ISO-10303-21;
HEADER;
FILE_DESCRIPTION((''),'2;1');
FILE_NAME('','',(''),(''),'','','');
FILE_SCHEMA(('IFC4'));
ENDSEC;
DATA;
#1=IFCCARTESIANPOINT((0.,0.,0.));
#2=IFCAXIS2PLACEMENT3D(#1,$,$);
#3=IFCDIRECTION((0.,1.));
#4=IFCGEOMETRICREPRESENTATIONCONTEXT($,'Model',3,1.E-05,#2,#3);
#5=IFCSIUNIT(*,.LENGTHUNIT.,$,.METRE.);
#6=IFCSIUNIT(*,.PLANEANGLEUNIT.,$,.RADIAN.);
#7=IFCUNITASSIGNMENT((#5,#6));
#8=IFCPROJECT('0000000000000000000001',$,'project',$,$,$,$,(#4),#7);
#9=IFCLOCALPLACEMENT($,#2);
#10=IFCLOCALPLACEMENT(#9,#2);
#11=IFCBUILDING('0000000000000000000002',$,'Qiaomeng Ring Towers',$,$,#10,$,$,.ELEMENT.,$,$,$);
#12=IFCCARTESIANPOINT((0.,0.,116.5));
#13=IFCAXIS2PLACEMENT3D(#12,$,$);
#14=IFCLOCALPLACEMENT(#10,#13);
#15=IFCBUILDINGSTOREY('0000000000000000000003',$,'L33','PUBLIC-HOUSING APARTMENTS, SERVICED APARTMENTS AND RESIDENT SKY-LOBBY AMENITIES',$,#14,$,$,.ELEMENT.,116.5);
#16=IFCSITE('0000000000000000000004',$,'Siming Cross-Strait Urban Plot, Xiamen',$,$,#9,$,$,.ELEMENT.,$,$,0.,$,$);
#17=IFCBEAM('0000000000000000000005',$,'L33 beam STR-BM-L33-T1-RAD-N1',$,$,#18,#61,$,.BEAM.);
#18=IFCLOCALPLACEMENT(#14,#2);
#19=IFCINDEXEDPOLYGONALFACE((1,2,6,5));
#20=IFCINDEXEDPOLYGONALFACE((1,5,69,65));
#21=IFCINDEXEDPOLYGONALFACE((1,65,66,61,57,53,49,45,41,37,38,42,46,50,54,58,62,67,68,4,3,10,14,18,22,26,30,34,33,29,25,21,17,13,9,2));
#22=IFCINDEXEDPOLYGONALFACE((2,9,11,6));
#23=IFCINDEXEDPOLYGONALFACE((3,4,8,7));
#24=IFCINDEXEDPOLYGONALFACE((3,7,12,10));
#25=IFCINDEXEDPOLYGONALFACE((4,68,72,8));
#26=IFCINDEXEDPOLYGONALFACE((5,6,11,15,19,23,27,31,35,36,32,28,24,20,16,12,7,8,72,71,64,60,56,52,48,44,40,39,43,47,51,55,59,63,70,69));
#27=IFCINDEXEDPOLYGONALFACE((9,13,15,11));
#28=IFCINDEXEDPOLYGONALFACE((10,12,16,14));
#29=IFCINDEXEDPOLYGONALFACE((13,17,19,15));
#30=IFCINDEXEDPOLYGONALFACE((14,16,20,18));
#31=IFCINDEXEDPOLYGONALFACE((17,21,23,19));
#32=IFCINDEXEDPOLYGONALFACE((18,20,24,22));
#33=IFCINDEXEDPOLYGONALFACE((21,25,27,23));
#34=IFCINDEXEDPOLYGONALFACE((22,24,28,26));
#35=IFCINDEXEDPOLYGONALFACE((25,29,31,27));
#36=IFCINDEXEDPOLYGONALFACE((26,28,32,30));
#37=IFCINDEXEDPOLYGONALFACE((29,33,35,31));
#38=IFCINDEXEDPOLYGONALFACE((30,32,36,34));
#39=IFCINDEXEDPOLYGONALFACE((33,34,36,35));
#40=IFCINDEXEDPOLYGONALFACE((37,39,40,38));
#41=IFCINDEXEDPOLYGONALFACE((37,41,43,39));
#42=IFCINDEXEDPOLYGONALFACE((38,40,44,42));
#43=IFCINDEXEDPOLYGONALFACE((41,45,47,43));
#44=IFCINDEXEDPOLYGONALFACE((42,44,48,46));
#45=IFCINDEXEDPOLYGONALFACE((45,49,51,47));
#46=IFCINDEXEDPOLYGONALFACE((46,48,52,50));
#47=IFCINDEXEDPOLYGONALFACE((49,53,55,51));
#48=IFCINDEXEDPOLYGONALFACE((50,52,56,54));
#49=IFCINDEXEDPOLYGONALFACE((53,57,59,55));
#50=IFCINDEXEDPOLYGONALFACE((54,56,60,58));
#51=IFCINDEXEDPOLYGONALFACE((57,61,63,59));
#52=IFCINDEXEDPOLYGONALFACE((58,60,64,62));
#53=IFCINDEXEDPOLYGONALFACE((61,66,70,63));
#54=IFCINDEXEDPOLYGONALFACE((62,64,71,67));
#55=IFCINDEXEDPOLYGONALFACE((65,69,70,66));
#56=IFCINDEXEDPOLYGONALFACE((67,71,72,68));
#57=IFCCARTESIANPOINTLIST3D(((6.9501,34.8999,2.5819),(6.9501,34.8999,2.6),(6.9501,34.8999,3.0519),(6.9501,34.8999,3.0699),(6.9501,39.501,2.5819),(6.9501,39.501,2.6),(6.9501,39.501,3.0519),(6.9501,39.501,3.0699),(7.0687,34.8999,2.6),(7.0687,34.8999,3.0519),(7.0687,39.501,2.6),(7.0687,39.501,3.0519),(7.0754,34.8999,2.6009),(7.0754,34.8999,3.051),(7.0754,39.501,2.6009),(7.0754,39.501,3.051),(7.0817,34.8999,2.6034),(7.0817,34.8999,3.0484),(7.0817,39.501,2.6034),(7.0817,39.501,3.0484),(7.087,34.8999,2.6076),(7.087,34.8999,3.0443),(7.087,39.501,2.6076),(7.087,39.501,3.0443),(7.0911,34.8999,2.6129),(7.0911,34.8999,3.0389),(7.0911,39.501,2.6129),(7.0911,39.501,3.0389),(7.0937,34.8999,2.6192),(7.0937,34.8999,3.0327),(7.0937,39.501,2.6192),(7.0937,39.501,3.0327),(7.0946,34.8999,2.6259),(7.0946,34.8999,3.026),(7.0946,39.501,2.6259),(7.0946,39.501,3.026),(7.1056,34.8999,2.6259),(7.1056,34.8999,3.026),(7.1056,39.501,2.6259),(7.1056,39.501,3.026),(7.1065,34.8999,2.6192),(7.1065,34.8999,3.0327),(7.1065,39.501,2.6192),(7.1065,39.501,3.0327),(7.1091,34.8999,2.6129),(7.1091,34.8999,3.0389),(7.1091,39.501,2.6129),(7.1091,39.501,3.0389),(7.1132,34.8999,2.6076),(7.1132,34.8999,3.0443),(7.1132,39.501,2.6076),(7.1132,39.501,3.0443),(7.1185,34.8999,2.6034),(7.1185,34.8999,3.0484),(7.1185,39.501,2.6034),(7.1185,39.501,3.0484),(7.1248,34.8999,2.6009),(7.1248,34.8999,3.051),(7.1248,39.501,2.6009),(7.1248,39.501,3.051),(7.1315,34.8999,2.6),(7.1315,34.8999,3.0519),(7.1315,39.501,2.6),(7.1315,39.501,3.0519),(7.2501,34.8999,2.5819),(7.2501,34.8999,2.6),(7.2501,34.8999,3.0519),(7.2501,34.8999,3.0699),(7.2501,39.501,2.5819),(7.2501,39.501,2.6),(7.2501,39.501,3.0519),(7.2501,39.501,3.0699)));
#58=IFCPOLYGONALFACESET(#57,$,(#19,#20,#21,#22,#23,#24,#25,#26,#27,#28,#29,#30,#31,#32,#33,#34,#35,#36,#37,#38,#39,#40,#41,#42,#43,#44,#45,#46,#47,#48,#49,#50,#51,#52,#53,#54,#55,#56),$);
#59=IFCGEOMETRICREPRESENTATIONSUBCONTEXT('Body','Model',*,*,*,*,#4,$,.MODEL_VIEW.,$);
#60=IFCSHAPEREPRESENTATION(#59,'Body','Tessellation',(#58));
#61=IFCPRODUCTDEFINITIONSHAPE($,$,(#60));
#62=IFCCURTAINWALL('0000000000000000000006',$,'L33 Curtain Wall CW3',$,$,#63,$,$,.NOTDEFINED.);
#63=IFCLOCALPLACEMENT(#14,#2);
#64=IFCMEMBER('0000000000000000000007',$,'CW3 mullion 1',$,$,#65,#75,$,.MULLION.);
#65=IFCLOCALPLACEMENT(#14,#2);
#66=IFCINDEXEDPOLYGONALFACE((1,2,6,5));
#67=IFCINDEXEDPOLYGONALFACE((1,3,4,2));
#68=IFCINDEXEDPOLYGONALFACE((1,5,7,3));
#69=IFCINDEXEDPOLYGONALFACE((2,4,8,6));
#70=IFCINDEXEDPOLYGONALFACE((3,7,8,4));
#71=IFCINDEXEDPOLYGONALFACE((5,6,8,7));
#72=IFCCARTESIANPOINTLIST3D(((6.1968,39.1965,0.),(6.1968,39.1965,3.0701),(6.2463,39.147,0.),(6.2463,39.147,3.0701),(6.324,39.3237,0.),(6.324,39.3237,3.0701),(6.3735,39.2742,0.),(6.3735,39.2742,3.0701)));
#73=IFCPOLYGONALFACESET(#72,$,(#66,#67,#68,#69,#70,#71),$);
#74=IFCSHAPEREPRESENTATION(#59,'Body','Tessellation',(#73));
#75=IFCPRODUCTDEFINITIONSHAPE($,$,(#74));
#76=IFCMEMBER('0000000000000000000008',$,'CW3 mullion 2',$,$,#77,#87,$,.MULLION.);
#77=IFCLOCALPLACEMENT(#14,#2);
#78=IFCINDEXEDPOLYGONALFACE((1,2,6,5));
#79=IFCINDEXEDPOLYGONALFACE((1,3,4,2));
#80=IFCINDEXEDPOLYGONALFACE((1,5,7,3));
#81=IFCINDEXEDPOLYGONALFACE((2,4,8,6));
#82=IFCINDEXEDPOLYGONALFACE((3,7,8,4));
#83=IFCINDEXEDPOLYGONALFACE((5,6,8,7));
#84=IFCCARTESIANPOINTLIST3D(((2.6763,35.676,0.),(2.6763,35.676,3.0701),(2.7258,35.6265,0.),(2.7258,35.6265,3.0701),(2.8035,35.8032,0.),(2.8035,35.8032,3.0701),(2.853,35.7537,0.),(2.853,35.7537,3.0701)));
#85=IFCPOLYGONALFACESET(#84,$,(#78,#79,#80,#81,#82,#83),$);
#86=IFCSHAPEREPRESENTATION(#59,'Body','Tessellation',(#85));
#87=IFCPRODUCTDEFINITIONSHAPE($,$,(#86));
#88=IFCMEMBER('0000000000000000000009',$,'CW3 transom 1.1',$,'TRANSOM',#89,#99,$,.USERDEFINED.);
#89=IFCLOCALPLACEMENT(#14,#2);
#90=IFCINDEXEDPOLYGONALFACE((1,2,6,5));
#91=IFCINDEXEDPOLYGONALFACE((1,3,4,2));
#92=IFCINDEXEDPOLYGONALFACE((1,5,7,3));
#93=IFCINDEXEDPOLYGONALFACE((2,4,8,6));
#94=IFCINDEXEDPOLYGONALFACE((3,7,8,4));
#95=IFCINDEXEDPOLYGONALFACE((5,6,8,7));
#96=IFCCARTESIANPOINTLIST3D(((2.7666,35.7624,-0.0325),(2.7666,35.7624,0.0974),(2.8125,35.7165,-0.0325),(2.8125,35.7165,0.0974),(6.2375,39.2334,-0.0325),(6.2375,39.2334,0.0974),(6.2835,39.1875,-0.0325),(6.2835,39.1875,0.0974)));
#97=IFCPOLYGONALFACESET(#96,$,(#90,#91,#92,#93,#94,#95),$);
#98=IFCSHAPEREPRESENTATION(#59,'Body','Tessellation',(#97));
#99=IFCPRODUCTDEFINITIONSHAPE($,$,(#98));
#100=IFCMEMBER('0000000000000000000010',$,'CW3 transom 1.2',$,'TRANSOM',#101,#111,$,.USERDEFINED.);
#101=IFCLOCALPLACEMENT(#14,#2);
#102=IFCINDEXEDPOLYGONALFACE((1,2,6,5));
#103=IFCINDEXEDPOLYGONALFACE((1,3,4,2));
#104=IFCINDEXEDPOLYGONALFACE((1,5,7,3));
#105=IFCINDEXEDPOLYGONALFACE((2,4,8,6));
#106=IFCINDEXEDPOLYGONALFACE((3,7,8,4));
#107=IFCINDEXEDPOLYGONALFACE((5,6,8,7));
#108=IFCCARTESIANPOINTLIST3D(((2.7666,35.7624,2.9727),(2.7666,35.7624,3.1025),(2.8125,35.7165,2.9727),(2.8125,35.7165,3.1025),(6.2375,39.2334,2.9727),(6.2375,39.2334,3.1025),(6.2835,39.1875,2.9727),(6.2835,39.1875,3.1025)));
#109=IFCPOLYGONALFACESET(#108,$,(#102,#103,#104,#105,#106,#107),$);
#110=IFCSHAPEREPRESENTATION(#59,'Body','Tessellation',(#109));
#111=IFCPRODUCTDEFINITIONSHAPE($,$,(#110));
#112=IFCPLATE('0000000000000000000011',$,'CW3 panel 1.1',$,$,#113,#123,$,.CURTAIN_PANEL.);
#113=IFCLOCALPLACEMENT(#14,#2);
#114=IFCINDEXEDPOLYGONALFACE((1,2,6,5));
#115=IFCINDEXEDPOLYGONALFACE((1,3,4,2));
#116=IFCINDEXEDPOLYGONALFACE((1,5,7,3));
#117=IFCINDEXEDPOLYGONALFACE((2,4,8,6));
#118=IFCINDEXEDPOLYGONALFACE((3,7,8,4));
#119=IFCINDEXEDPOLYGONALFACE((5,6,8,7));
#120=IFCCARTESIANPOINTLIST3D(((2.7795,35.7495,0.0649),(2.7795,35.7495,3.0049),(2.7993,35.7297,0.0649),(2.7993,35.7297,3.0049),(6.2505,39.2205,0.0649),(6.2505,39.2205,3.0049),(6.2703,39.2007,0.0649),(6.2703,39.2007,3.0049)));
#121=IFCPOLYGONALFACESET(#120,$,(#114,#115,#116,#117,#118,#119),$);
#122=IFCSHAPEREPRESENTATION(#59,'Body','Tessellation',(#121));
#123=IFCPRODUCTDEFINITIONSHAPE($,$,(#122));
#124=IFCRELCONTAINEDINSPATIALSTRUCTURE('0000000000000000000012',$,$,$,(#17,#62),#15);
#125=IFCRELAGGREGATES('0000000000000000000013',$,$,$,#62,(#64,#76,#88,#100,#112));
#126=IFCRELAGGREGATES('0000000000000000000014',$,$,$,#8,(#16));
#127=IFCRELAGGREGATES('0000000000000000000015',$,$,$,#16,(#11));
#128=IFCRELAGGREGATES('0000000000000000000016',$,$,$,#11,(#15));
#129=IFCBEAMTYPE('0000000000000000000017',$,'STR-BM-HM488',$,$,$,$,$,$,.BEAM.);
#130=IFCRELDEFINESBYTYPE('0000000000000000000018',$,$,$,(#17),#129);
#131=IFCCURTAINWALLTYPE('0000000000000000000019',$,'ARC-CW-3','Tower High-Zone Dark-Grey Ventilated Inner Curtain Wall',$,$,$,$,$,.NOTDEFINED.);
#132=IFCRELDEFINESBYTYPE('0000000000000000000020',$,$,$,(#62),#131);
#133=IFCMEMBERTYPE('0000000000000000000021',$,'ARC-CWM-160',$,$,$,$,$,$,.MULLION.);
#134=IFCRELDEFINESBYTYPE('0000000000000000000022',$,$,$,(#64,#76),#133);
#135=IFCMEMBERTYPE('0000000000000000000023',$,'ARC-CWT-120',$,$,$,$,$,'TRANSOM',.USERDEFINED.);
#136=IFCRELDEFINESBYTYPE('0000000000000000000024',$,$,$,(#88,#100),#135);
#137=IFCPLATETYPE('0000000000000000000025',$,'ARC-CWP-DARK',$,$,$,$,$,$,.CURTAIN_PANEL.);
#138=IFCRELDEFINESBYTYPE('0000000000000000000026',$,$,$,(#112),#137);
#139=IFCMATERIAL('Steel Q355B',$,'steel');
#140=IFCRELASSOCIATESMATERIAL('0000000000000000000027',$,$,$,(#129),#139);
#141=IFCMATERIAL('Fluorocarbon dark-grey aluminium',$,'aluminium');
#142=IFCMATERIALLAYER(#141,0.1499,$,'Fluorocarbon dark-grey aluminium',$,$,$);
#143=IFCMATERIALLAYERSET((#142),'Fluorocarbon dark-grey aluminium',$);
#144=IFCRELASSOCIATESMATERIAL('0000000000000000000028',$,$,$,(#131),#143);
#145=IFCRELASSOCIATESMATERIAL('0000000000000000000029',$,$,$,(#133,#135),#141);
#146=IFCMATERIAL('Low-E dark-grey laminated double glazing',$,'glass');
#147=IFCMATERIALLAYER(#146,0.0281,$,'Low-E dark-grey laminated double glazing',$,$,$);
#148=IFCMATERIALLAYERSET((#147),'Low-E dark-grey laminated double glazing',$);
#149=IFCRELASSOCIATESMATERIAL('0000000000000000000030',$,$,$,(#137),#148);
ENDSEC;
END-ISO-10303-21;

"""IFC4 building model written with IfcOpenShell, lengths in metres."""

from ifc_helpers import new_model, si_unit, direction, frame, origin, origin_2d, place, context, subcontext, project, spatial, rectangle, i_section, extrude, source, transform, mapped, material, layer, layer_set, material_profile, profile_set, type_object, element, aggregate, save


model = new_model("IFC4")

# Units and contexts
model_context = context("Model", 3, precision=1e-05, world=origin(), true_north=direction((0.0, 1.0)))
body_context = subcontext(model_context, "Body", "Model", "MODEL_VIEW")
ifc_project = project(units=[si_unit("LENGTHUNIT", "METRE"), si_unit("PLANEANGLEUNIT", "RADIAN")], contexts=[model_context])

# Site, building, storey
site_placement = place(None, origin())
site = spatial("IfcSite", under=ifc_project, at=site_placement, Name="Siming Cross-Strait Urban Plot, Xiamen", CompositionType="ELEMENT", RefElevation=0.0)
building_placement = place(site_placement, origin())
building = spatial("IfcBuilding", under=site, at=building_placement, Name="Qiaomeng Ring Towers", CompositionType="ELEMENT")
storey_placement = place(building_placement, frame((0.0, 0.0, 116.5)))
storey = spatial("IfcBuildingStorey", under=building, at=storey_placement, Name="L33", Description="PUBLIC-HOUSING APARTMENTS, SERVICED APARTMENTS AND RESIDENT SKY-LOBBY AMENITIES", CompositionType="ELEMENT", Elevation=116.5)

# Beam
ifc_material_1 = material(Name="Steel Q355B", Category="steel")
ifc_material_profile_1 = material_profile(ifc_material_1, i_section(OverallWidth=0.3, OverallDepth=0.488, WebThickness=0.011, FlangeThickness=0.0181, FilletRadius=0.0259, at=origin_2d()), Name="HM 488x300x11x18")
ifc_profile_set_1 = profile_set([ifc_material_profile_1], Name="Steel Q355B")
beam_type_1 = type_object("IfcBeamType", Name="STR-BM-HM488", PredefinedType="BEAM", material=ifc_profile_set_1)
shared_shape_1 = source(origin(), body_context, "Body", "SweptSolid", [
    extrude(i_section(OverallWidth=0.3, OverallDepth=0.488, WebThickness=0.011, FlangeThickness=0.0181, FilletRadius=0.0259, at=origin_2d()), origin(), (0.0, 0.0, 1.0), 4.6011),
])
beam_1_placement = place(storey_placement, frame((7.1001, 39.501, 2.8259), z_axis=(0.0, -1.0, 0.0), x_axis=(1.0, 0.0, 0.0)))
element("IfcBeam", 1, at=beam_1_placement, inside=storey, type_object=beam_type_1, Name="L33 beam STR-BM-L33-T1-RAD-N1", PredefinedType="BEAM", context=body_context, shape_type="MappedRepresentation", body=[
    mapped(shared_shape_1, transform((0.0, 0.0, 0.0), x_axis=(1.0, 0.0, 0.0), y_axis=(0.0, 1.0, 0.0), z_axis=(0.0, 0.0, 1.0), scale=1.0)),
])

# Curtain wall, members, plate
ifc_material_2 = material(Name="Fluorocarbon dark-grey aluminium", Category="aluminium")
ifc_layer_1 = layer(ifc_material_2, 0.1499, Name="Fluorocarbon dark-grey aluminium")
ifc_layer_set_1 = layer_set([ifc_layer_1], Name="Fluorocarbon dark-grey aluminium")
curtain_wall_type = type_object("IfcCurtainWallType", Name="ARC-CW-3", Description="Tower High-Zone Dark-Grey Ventilated Inner Curtain Wall", PredefinedType="NOTDEFINED", material=ifc_layer_set_1)
curtain_wall_placement = place(storey_placement, origin())
curtain_wall = element("IfcCurtainWall", 2, at=curtain_wall_placement, inside=storey, type_object=curtain_wall_type, Name="L33 Curtain Wall CW3", PredefinedType="NOTDEFINED")
ifc_material_profile_2 = material_profile(ifc_material_2, rectangle(XDim=0.0701, YDim=0.1799, at=origin_2d()), Name="ALU MULL 70x180")
ifc_profile_set_2 = profile_set([ifc_material_profile_2], Name="Fluorocarbon dark-grey aluminium")
member_type_1 = type_object("IfcMemberType", Name="ARC-CWM-160", PredefinedType="MULLION", material=ifc_profile_set_2)
shared_shape_2 = source(origin(), body_context, "Body", "SweptSolid", [
    extrude(rectangle(XDim=0.0701, YDim=0.1799, at=origin_2d()), origin(), (0.0, 0.0, 1.0), 3.0701),
])
member_1_placement = place(storey_placement, frame((6.2852, 39.2354, 0.0), z_axis=(0.0, 0.0, 1.0), x_axis=(0.707107, -0.707107, 0.0)))
member_1 = element("IfcMember", 3, at=member_1_placement, type_object=member_type_1, Name="CW3 mullion 1", PredefinedType="MULLION", context=body_context, shape_type="MappedRepresentation", body=[
    mapped(shared_shape_2, transform((0.0, 0.0, 0.0), x_axis=(1.0, 0.0, 0.0), y_axis=(0.0, 1.0, 0.0), z_axis=(0.0, 0.0, 1.0), scale=1.0)),
])
member_2_placement = place(storey_placement, frame((2.7646, 35.7148, 0.0), z_axis=(0.0, 0.0, 1.0), x_axis=(0.707107, -0.707107, 0.0)))
member_2 = element("IfcMember", 4, at=member_2_placement, type_object=member_type_1, Name="CW3 mullion 2", PredefinedType="MULLION", context=body_context, shape_type="MappedRepresentation", body=[
    mapped(shared_shape_2, transform((0.0, 0.0, 0.0), x_axis=(1.0, 0.0, 0.0), y_axis=(0.0, 1.0, 0.0), z_axis=(0.0, 0.0, 1.0), scale=1.0)),
])
ifc_material_profile_3 = material_profile(ifc_material_2, rectangle(XDim=0.0649, YDim=0.1299, at=origin_2d()), Name="ALU TRAN 65x130")
ifc_profile_set_3 = profile_set([ifc_material_profile_3], Name="Fluorocarbon dark-grey aluminium")
member_type_2 = type_object("IfcMemberType", Name="ARC-CWT-120", ElementType="TRANSOM", PredefinedType="USERDEFINED", material=ifc_profile_set_3)
shared_shape_3 = source(origin(), body_context, "Body", "SweptSolid", [
    extrude(rectangle(XDim=0.0649, YDim=0.1299, at=origin_2d()), origin(), (0.0, 0.0, 1.0), 4.9087),
])
member_3_placement = place(storey_placement, frame((6.2605, 39.2104, 0.0325), z_axis=(-0.707107, -0.707107, 0.0), x_axis=(0.707107, -0.707107, 0.0)))
member_3 = element("IfcMember", 5, at=member_3_placement, type_object=member_type_2, Name="CW3 transom 1.1", ObjectType="TRANSOM", PredefinedType="USERDEFINED", context=body_context, shape_type="MappedRepresentation", body=[
    mapped(shared_shape_3, transform((0.0, 0.0, 0.0), x_axis=(1.0, 0.0, 0.0), y_axis=(0.0, 1.0, 0.0), z_axis=(0.0, 0.0, 1.0), scale=1.0)),
])
member_4_placement = place(storey_placement, frame((6.2605, 39.2104, 3.0376), z_axis=(-0.707107, -0.707107, 0.0), x_axis=(0.707107, -0.707107, 0.0)))
member_4 = element("IfcMember", 6, at=member_4_placement, type_object=member_type_2, Name="CW3 transom 1.2", ObjectType="TRANSOM", PredefinedType="USERDEFINED", context=body_context, shape_type="MappedRepresentation", body=[
    mapped(shared_shape_3, transform((0.0, 0.0, 0.0), x_axis=(1.0, 0.0, 0.0), y_axis=(0.0, 1.0, 0.0), z_axis=(0.0, 0.0, 1.0), scale=1.0)),
])
ifc_material_3 = material(Name="Low-E dark-grey laminated double glazing", Category="glass")
ifc_layer_2 = layer(ifc_material_3, 0.0281, Name="Low-E dark-grey laminated double glazing")
ifc_layer_set_2 = layer_set([ifc_layer_2], Name="Low-E dark-grey laminated double glazing")
plate_type = type_object("IfcPlateType", Name="ARC-CWP-DARK", PredefinedType="CURTAIN_PANEL", material=ifc_layer_set_2)
shared_shape_4 = source(origin(), body_context, "Body", "SweptSolid", [
    extrude(rectangle(XDim=4.9087, YDim=0.0281, at=origin_2d()), origin(), (0.0, 0.0, 1.0), 2.9399),
])
plate_placement = place(storey_placement, frame((4.5249, 37.4751, 0.0649), z_axis=(0.0, 0.0, 1.0), x_axis=(-0.707107, -0.707107, 0.0)))
plate = element("IfcPlate", 7, at=plate_placement, type_object=plate_type, Name="CW3 panel 1.1", PredefinedType="CURTAIN_PANEL", context=body_context, shape_type="MappedRepresentation", body=[
    mapped(shared_shape_4, transform((0.0, 0.0, 0.0), x_axis=(1.0, 0.0, 0.0), y_axis=(0.0, 1.0, 0.0), z_axis=(0.0, 0.0, 1.0), scale=1.0)),
])
aggregate(curtain_wall, [member_1, member_2, member_3, member_4, plate])

save(model, "model.ifc")
